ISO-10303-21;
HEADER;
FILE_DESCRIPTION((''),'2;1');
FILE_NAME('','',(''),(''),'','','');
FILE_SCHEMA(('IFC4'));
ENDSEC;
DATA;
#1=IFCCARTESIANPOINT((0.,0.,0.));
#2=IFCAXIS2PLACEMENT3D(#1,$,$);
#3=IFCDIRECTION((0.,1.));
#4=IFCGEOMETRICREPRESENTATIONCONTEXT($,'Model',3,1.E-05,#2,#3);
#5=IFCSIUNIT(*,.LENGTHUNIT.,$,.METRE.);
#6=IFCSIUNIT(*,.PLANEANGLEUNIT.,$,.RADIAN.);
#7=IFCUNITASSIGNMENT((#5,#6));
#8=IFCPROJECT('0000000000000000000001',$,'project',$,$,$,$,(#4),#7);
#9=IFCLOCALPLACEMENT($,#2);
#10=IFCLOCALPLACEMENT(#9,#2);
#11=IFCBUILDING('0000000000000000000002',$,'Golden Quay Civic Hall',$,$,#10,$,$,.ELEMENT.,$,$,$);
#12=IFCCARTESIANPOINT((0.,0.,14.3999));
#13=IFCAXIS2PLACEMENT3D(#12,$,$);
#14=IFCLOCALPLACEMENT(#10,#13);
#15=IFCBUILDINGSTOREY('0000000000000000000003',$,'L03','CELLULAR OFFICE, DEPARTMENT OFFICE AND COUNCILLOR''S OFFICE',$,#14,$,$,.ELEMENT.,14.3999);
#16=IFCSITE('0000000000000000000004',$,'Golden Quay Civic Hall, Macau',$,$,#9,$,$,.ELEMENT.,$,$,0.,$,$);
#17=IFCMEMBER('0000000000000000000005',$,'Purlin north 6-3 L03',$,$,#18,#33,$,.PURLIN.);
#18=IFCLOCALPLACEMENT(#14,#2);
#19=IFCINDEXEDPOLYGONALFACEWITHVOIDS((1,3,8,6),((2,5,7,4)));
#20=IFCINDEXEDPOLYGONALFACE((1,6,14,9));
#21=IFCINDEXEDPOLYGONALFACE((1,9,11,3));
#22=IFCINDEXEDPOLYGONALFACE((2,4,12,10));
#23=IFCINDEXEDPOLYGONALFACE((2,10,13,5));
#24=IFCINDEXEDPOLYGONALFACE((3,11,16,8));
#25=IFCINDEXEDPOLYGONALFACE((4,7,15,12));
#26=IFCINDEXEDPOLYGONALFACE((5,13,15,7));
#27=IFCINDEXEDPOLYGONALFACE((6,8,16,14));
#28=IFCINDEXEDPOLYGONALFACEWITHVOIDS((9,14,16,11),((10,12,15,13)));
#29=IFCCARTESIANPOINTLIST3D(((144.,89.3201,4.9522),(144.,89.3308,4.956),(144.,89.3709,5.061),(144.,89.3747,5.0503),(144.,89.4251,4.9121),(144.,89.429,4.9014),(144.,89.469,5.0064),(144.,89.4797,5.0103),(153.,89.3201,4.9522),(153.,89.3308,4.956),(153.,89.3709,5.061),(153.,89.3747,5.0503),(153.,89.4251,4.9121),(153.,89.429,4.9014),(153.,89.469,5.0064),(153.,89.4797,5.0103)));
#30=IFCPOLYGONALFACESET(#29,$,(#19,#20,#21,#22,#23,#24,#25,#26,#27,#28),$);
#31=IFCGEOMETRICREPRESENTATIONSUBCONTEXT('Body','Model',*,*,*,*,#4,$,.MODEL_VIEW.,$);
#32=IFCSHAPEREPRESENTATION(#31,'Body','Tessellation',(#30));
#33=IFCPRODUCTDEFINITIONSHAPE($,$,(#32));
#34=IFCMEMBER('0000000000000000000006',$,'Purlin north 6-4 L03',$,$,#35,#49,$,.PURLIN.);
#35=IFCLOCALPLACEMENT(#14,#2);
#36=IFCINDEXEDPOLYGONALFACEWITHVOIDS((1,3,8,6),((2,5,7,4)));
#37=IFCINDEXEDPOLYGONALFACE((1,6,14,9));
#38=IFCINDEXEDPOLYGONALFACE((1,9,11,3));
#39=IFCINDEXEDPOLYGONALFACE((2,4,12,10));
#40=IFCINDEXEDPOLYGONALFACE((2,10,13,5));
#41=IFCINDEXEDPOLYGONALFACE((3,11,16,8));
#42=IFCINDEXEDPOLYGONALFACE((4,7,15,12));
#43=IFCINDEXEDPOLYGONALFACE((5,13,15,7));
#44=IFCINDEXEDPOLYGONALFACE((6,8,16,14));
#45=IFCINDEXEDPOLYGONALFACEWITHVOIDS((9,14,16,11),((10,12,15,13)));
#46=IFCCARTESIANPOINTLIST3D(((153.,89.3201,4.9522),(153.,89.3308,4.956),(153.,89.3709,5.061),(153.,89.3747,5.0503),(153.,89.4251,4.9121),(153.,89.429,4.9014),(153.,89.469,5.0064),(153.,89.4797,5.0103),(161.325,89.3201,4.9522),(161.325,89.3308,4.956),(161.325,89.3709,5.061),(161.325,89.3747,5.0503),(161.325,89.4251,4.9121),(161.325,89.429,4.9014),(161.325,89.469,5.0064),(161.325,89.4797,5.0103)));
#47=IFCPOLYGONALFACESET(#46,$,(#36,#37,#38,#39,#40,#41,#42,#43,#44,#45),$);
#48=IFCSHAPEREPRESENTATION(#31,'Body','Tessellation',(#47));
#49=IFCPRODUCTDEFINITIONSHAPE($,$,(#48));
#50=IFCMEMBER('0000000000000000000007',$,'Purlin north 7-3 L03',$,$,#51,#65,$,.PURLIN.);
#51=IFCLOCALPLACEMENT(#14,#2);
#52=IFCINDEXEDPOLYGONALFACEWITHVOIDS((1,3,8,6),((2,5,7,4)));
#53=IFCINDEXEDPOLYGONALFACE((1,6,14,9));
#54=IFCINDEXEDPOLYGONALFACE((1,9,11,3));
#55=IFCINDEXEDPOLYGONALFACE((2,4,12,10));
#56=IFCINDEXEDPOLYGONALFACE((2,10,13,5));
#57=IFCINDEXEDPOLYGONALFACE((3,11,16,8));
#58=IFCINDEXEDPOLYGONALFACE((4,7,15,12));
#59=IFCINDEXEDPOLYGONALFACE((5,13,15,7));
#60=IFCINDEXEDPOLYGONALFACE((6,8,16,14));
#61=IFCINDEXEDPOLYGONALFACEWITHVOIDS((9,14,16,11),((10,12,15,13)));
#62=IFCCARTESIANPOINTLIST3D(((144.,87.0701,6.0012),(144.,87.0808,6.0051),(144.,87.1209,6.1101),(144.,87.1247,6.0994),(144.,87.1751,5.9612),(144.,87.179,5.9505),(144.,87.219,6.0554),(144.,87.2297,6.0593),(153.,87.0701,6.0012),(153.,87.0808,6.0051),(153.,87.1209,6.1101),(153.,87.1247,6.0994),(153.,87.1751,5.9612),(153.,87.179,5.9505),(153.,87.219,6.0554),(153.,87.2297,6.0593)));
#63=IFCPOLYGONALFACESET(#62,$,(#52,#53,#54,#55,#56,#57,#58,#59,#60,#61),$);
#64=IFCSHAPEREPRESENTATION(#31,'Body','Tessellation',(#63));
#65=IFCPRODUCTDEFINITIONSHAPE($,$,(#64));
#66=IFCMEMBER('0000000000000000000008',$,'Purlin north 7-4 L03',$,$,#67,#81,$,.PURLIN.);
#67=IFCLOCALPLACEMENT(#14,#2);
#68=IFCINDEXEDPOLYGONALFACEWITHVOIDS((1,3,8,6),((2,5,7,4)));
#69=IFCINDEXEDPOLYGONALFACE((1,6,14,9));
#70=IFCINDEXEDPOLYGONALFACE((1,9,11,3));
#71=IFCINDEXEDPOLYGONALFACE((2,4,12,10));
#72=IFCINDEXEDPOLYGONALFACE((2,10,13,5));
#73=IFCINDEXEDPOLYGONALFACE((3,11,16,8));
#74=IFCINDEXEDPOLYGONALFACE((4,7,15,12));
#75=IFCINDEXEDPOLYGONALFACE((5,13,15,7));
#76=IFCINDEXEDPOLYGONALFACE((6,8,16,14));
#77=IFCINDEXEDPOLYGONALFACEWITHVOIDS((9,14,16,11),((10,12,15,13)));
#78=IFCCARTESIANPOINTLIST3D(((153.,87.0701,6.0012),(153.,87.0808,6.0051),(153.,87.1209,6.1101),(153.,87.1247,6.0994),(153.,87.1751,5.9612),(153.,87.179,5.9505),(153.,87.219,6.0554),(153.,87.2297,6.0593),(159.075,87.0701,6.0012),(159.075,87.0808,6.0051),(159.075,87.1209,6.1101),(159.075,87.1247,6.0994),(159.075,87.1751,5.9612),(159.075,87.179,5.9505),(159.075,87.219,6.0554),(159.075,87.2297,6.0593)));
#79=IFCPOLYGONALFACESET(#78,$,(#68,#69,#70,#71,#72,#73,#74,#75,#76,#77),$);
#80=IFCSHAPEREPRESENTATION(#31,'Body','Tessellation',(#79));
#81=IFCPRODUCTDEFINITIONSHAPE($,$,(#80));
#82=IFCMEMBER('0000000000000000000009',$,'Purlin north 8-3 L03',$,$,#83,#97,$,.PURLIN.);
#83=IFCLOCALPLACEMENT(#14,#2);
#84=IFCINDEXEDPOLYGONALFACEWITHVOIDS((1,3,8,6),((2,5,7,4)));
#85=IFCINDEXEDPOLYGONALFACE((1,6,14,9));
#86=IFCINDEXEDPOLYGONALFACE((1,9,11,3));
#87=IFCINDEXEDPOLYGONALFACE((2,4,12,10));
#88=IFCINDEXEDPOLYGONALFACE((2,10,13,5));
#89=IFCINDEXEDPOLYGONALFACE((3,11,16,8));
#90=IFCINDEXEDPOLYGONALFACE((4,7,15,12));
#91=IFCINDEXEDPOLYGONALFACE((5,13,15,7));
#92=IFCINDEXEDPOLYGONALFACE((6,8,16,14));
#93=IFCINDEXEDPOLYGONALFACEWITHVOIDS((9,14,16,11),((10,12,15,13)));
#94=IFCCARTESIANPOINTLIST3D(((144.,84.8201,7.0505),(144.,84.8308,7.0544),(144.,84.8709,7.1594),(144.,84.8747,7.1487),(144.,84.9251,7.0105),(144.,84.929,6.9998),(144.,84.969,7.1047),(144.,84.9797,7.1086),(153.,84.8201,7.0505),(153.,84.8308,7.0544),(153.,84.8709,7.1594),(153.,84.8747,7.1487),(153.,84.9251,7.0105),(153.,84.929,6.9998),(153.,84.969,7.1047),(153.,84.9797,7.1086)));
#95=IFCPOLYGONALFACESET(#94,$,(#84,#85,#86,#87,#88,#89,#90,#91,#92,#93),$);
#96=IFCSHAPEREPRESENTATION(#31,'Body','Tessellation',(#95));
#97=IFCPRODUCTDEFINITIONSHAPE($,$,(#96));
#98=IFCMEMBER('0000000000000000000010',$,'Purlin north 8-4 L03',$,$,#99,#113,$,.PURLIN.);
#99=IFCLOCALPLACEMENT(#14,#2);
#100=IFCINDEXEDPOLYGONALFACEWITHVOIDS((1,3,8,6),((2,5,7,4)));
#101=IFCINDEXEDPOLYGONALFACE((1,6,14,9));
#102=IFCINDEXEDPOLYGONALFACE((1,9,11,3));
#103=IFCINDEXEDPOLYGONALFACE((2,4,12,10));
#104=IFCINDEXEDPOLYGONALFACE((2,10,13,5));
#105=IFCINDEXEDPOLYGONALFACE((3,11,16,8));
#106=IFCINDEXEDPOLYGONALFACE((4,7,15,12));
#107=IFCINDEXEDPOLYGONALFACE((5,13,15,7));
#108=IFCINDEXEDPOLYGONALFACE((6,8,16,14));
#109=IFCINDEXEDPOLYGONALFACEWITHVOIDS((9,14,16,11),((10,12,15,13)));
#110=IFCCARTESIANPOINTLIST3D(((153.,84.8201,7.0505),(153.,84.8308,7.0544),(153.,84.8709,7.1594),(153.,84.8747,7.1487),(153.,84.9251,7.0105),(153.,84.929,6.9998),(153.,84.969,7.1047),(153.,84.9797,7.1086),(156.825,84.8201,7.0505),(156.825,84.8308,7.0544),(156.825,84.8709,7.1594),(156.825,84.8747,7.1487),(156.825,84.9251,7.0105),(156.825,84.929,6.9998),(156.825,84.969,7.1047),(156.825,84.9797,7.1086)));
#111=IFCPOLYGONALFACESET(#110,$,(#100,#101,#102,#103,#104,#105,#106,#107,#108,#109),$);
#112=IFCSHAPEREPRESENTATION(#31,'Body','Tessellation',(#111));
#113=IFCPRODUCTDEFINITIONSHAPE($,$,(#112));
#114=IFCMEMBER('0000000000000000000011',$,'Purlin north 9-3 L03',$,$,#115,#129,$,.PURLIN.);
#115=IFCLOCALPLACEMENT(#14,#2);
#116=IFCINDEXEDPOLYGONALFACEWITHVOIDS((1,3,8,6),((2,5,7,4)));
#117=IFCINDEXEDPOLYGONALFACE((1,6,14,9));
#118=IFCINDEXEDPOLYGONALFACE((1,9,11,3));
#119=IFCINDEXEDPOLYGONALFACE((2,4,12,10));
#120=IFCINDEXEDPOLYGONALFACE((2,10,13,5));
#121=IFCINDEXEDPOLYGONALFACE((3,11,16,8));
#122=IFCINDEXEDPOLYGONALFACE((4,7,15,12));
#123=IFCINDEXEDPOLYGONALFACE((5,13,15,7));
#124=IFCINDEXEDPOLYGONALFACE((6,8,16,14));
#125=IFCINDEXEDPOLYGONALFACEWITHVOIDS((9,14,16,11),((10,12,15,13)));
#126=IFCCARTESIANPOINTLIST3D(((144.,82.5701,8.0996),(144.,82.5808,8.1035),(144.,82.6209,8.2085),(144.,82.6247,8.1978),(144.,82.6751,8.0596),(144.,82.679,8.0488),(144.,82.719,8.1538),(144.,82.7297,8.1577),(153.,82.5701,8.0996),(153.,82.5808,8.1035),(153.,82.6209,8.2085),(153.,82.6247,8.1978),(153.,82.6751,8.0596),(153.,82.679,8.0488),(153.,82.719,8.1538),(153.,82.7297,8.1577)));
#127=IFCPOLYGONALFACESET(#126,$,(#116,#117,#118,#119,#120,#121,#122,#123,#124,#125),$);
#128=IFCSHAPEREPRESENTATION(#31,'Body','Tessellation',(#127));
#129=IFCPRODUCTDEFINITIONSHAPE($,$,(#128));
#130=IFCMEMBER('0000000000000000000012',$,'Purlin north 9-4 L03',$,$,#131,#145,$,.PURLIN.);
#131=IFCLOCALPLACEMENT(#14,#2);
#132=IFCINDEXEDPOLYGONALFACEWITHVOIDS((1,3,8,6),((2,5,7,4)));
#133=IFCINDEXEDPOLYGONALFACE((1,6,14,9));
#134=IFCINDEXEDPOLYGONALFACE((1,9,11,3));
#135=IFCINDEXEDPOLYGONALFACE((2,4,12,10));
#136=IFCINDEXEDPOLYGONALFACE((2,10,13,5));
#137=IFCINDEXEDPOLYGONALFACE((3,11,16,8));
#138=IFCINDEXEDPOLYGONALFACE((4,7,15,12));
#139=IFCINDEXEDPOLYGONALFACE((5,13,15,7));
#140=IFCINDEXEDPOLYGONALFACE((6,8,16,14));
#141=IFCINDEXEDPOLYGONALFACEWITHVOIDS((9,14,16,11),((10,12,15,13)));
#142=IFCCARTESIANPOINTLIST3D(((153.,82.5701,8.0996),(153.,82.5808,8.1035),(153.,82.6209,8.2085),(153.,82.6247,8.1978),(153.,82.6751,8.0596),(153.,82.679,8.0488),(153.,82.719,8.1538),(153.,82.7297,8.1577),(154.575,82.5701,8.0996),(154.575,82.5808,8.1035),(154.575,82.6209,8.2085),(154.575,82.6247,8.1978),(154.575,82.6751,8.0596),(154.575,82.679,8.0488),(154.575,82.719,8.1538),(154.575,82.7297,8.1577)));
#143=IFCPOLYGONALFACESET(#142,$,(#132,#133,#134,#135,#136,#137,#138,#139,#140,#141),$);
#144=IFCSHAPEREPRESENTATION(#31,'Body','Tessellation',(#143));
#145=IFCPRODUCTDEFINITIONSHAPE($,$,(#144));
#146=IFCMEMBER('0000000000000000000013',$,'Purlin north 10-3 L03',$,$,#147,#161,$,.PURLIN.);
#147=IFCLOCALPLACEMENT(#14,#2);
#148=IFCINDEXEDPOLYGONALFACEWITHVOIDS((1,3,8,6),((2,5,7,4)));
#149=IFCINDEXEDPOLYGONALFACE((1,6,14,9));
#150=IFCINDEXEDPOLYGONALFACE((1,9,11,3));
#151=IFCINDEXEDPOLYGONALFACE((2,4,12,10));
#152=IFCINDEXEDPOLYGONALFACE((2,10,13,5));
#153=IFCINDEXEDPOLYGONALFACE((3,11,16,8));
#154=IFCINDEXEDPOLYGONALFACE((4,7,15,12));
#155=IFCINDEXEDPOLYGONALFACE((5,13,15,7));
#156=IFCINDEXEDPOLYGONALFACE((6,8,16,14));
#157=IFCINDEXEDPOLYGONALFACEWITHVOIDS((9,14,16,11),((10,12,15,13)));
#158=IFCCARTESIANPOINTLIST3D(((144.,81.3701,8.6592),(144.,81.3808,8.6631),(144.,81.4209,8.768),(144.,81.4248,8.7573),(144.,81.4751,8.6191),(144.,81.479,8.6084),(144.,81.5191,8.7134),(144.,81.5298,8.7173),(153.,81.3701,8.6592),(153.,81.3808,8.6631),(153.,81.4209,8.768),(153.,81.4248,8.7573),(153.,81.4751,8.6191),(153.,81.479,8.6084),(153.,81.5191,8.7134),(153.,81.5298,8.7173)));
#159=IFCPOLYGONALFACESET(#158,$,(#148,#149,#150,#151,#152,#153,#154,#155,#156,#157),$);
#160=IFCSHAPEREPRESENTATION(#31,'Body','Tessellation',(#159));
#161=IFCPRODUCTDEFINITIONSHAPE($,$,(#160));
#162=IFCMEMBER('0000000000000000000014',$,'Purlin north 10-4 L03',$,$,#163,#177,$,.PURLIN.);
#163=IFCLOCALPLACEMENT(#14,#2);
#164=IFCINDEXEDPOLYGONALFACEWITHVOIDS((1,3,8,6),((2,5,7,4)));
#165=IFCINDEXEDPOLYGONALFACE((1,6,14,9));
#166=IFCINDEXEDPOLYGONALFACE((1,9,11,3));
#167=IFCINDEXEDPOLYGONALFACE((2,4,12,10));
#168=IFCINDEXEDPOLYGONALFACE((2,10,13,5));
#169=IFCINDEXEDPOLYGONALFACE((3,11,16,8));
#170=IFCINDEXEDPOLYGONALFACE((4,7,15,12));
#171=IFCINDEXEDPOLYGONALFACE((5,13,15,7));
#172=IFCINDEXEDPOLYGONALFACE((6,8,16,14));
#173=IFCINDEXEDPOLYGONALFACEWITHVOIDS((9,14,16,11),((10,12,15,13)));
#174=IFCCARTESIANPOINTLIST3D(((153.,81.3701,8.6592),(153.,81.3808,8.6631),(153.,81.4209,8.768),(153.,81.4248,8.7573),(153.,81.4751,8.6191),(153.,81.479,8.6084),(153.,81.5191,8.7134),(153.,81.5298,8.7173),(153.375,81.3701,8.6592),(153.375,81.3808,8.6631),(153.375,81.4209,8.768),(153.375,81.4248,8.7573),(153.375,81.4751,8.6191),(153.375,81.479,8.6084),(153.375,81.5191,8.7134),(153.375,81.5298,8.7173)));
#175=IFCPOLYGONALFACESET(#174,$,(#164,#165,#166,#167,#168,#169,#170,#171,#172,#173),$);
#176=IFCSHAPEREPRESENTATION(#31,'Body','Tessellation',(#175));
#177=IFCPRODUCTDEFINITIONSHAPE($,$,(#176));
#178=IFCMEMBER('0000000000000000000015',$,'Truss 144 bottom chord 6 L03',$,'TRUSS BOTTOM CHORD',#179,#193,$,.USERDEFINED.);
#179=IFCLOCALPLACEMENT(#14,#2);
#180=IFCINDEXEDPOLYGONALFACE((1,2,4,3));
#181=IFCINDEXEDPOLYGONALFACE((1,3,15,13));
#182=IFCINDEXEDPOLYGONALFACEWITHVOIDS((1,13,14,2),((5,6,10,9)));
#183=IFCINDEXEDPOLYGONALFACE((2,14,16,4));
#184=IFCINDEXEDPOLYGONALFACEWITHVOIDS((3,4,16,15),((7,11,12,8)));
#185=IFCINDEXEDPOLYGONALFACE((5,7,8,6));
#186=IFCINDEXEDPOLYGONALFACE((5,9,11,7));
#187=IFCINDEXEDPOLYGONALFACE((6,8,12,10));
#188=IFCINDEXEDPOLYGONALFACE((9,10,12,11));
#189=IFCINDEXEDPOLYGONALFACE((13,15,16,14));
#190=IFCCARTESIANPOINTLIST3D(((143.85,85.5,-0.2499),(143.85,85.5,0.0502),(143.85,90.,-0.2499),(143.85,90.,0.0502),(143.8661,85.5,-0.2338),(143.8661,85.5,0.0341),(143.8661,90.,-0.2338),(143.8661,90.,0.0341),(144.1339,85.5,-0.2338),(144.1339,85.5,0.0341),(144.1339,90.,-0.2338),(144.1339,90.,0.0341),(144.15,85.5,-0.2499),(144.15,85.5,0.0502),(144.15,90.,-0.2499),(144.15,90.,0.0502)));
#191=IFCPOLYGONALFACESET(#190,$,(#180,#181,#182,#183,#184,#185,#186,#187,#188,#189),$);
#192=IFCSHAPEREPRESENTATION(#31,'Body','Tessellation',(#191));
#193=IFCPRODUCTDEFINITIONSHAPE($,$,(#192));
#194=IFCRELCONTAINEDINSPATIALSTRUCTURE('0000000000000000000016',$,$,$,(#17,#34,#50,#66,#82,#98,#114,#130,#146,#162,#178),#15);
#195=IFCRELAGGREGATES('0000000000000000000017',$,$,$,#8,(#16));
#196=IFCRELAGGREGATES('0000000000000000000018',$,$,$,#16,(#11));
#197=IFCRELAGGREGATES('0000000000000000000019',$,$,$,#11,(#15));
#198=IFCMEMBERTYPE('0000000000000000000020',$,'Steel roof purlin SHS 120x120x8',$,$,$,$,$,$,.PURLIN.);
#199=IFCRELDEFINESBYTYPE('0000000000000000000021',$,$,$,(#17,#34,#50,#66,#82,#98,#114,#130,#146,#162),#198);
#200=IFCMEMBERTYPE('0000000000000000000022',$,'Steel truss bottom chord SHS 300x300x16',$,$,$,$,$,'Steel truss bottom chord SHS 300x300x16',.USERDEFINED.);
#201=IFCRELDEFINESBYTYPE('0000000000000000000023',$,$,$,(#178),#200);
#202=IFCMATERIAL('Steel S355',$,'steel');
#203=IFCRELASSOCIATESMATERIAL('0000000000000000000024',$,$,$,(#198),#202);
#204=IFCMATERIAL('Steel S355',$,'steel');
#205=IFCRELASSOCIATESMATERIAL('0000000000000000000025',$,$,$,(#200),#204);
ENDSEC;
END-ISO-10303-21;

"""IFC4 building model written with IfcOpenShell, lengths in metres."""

from ifc_helpers import new_model, si_unit, direction, frame, origin, origin_2d, place, context, subcontext, project, spatial, hollow_rectangle, extrude, material, material_profile, profile_set, type_object, element, save


model = new_model("IFC4")

# Units and contexts
model_context = context("Model", 3, precision=1e-05, world=origin(), true_north=direction((0.0, 1.0)))
body_context = subcontext(model_context, "Body", "Model", "MODEL_VIEW")
ifc_project = project(units=[si_unit("LENGTHUNIT", "METRE"), si_unit("PLANEANGLEUNIT", "RADIAN")], contexts=[model_context])

# Site, building, storey
site_placement = place(None, origin())
site = spatial("IfcSite", under=ifc_project, at=site_placement, Name="Golden Quay Civic Hall, Macau", CompositionType="ELEMENT", RefElevation=0.0)
building_placement = place(site_placement, origin())
building = spatial("IfcBuilding", under=site, at=building_placement, Name="Golden Quay Civic Hall", CompositionType="ELEMENT")
storey_placement = place(building_placement, frame((0.0, 0.0, 14.3999)))
storey = spatial("IfcBuildingStorey", under=building, at=storey_placement, Name="L03", Description="CELLULAR OFFICE, DEPARTMENT OFFICE AND COUNCILLOR'S OFFICE", CompositionType="ELEMENT", Elevation=14.3999)

# Members
ifc_material_1 = material(Name="Steel S355", Category="steel")
ifc_material_profile_1 = material_profile(ifc_material_1, hollow_rectangle(XDim=0.1201, YDim=0.1201, WallThickness=0.0081, at=origin_2d()), Name="SHS 120x120x8")
ifc_profile_set_1 = profile_set([ifc_material_profile_1], Name="Steel S355")
member_type_1 = type_object("IfcMemberType", Name="Steel roof purlin SHS 120x120x8", PredefinedType="PURLIN", material=ifc_profile_set_1)
member_1_placement = place(storey_placement, frame((144.0, 89.3999, 4.9812), z_axis=(1.0, 0.0, 0.0), x_axis=(0.0, 0.906308, -0.422618)))
element("IfcMember", 1, at=member_1_placement, inside=storey, type_object=member_type_1, Name="Purlin north 6-3 L03", PredefinedType="PURLIN", context=body_context, shape_type="SweptSolid", body=[
    extrude(hollow_rectangle(XDim=0.1201, YDim=0.1201, WallThickness=0.0081, at=origin_2d()), origin(), (0.0, 0.0, 1.0), 9.0),
])
member_2_placement = place(storey_placement, frame((153.0, 89.3999, 4.9812), z_axis=(1.0, 0.0, 0.0), x_axis=(0.0, 0.906308, -0.422618)))
element("IfcMember", 2, at=member_2_placement, inside=storey, type_object=member_type_1, Name="Purlin north 6-4 L03", PredefinedType="PURLIN", context=body_context, shape_type="SweptSolid", body=[
    extrude(hollow_rectangle(XDim=0.1201, YDim=0.1201, WallThickness=0.0081, at=origin_2d()), origin(), (0.0, 0.0, 1.0), 8.325),
])
member_3_placement = place(storey_placement, frame((144.0, 87.1499, 6.0303), z_axis=(1.0, 0.0, 0.0), x_axis=(0.0, 0.906308, -0.422618)))
element("IfcMember", 3, at=member_3_placement, inside=storey, type_object=member_type_1, Name="Purlin north 7-3 L03", PredefinedType="PURLIN", context=body_context, shape_type="SweptSolid", body=[
    extrude(hollow_rectangle(XDim=0.1201, YDim=0.1201, WallThickness=0.0081, at=origin_2d()), origin(), (0.0, 0.0, 1.0), 9.0),
])
member_4_placement = place(storey_placement, frame((153.0, 87.1499, 6.0303), z_axis=(1.0, 0.0, 0.0), x_axis=(0.0, 0.906308, -0.422618)))
element("IfcMember", 4, at=member_4_placement, inside=storey, type_object=member_type_1, Name="Purlin north 7-4 L03", PredefinedType="PURLIN", context=body_context, shape_type="SweptSolid", body=[
    extrude(hollow_rectangle(XDim=0.1201, YDim=0.1201, WallThickness=0.0081, at=origin_2d()), origin(), (0.0, 0.0, 1.0), 6.075),
])
member_5_placement = place(storey_placement, frame((144.0, 84.8999, 7.0796), z_axis=(1.0, 0.0, 0.0), x_axis=(0.0, 0.906308, -0.422618)))
element("IfcMember", 5, at=member_5_placement, inside=storey, type_object=member_type_1, Name="Purlin north 8-3 L03", PredefinedType="PURLIN", context=body_context, shape_type="SweptSolid", body=[
    extrude(hollow_rectangle(XDim=0.1201, YDim=0.1201, WallThickness=0.0081, at=origin_2d()), origin(), (0.0, 0.0, 1.0), 9.0),
])
member_6_placement = place(storey_placement, frame((153.0, 84.8999, 7.0796), z_axis=(1.0, 0.0, 0.0), x_axis=(0.0, 0.906308, -0.422618)))
element("IfcMember", 6, at=member_6_placement, inside=storey, type_object=member_type_1, Name="Purlin north 8-4 L03", PredefinedType="PURLIN", context=body_context, shape_type="SweptSolid", body=[
    extrude(hollow_rectangle(XDim=0.1201, YDim=0.1201, WallThickness=0.0081, at=origin_2d()), origin(), (0.0, 0.0, 1.0), 3.825),
])
member_7_placement = place(storey_placement, frame((144.0, 82.6499, 8.1287), z_axis=(1.0, 0.0, 0.0), x_axis=(0.0, 0.906308, -0.422618)))
element("IfcMember", 7, at=member_7_placement, inside=storey, type_object=member_type_1, Name="Purlin north 9-3 L03", PredefinedType="PURLIN", context=body_context, shape_type="SweptSolid", body=[
    extrude(hollow_rectangle(XDim=0.1201, YDim=0.1201, WallThickness=0.0081, at=origin_2d()), origin(), (0.0, 0.0, 1.0), 9.0),
])
member_8_placement = place(storey_placement, frame((153.0, 82.6499, 8.1287), z_axis=(1.0, 0.0, 0.0), x_axis=(0.0, 0.906308, -0.422618)))
element("IfcMember", 8, at=member_8_placement, inside=storey, type_object=member_type_1, Name="Purlin north 9-4 L03", PredefinedType="PURLIN", context=body_context, shape_type="SweptSolid", body=[
    extrude(hollow_rectangle(XDim=0.1201, YDim=0.1201, WallThickness=0.0081, at=origin_2d()), origin(), (0.0, 0.0, 1.0), 1.575),
])
member_9_placement = place(storey_placement, frame((144.0, 81.45, 8.6882), z_axis=(1.0, 0.0, 0.0), x_axis=(0.0, 0.906308, -0.422618)))
element("IfcMember", 9, at=member_9_placement, inside=storey, type_object=member_type_1, Name="Purlin north 10-3 L03", PredefinedType="PURLIN", context=body_context, shape_type="SweptSolid", body=[
    extrude(hollow_rectangle(XDim=0.1201, YDim=0.1201, WallThickness=0.0081, at=origin_2d()), origin(), (0.0, 0.0, 1.0), 9.0),
])
member_10_placement = place(storey_placement, frame((153.0, 81.45, 8.6882), z_axis=(1.0, 0.0, 0.0), x_axis=(0.0, 0.906308, -0.422618)))
element("IfcMember", 10, at=member_10_placement, inside=storey, type_object=member_type_1, Name="Purlin north 10-4 L03", PredefinedType="PURLIN", context=body_context, shape_type="SweptSolid", body=[
    extrude(hollow_rectangle(XDim=0.1201, YDim=0.1201, WallThickness=0.0081, at=origin_2d()), origin(), (0.0, 0.0, 1.0), 0.375),
])
ifc_material_2 = material(Name="Steel S355", Category="steel")
ifc_material_profile_2 = material_profile(ifc_material_2, hollow_rectangle(XDim=0.3, YDim=0.3, WallThickness=0.0161, at=origin_2d()), Name="SHS 300x300x16")
ifc_profile_set_2 = profile_set([ifc_material_profile_2], Name="Steel S355")
member_type_2 = type_object("IfcMemberType", Name="Steel truss bottom chord SHS 300x300x16", ElementType="Steel truss bottom chord SHS 300x300x16", PredefinedType="USERDEFINED", material=ifc_profile_set_2)
for number, where, z_axis, x_axis, name in (
    (11, (144.0, 85.5, -0.0999), (0.0, 1.0, 0.0), (-1.0, 0.0, 0.0), "Truss 144 bottom chord 6 L03"),
):
    element("IfcMember", number, at=place(storey_placement, frame(where, z_axis=z_axis, x_axis=x_axis)), inside=storey, type_object=member_type_2, Name=name, ObjectType="TRUSS BOTTOM CHORD", PredefinedType="USERDEFINED", context=body_context, shape_type="SweptSolid", body=[
        extrude(hollow_rectangle(XDim=0.3, YDim=0.3, WallThickness=0.0161, at=origin_2d()), origin(), (0.0, 0.0, 1.0), 4.5),
    ])

save(model, "model.ifc")
